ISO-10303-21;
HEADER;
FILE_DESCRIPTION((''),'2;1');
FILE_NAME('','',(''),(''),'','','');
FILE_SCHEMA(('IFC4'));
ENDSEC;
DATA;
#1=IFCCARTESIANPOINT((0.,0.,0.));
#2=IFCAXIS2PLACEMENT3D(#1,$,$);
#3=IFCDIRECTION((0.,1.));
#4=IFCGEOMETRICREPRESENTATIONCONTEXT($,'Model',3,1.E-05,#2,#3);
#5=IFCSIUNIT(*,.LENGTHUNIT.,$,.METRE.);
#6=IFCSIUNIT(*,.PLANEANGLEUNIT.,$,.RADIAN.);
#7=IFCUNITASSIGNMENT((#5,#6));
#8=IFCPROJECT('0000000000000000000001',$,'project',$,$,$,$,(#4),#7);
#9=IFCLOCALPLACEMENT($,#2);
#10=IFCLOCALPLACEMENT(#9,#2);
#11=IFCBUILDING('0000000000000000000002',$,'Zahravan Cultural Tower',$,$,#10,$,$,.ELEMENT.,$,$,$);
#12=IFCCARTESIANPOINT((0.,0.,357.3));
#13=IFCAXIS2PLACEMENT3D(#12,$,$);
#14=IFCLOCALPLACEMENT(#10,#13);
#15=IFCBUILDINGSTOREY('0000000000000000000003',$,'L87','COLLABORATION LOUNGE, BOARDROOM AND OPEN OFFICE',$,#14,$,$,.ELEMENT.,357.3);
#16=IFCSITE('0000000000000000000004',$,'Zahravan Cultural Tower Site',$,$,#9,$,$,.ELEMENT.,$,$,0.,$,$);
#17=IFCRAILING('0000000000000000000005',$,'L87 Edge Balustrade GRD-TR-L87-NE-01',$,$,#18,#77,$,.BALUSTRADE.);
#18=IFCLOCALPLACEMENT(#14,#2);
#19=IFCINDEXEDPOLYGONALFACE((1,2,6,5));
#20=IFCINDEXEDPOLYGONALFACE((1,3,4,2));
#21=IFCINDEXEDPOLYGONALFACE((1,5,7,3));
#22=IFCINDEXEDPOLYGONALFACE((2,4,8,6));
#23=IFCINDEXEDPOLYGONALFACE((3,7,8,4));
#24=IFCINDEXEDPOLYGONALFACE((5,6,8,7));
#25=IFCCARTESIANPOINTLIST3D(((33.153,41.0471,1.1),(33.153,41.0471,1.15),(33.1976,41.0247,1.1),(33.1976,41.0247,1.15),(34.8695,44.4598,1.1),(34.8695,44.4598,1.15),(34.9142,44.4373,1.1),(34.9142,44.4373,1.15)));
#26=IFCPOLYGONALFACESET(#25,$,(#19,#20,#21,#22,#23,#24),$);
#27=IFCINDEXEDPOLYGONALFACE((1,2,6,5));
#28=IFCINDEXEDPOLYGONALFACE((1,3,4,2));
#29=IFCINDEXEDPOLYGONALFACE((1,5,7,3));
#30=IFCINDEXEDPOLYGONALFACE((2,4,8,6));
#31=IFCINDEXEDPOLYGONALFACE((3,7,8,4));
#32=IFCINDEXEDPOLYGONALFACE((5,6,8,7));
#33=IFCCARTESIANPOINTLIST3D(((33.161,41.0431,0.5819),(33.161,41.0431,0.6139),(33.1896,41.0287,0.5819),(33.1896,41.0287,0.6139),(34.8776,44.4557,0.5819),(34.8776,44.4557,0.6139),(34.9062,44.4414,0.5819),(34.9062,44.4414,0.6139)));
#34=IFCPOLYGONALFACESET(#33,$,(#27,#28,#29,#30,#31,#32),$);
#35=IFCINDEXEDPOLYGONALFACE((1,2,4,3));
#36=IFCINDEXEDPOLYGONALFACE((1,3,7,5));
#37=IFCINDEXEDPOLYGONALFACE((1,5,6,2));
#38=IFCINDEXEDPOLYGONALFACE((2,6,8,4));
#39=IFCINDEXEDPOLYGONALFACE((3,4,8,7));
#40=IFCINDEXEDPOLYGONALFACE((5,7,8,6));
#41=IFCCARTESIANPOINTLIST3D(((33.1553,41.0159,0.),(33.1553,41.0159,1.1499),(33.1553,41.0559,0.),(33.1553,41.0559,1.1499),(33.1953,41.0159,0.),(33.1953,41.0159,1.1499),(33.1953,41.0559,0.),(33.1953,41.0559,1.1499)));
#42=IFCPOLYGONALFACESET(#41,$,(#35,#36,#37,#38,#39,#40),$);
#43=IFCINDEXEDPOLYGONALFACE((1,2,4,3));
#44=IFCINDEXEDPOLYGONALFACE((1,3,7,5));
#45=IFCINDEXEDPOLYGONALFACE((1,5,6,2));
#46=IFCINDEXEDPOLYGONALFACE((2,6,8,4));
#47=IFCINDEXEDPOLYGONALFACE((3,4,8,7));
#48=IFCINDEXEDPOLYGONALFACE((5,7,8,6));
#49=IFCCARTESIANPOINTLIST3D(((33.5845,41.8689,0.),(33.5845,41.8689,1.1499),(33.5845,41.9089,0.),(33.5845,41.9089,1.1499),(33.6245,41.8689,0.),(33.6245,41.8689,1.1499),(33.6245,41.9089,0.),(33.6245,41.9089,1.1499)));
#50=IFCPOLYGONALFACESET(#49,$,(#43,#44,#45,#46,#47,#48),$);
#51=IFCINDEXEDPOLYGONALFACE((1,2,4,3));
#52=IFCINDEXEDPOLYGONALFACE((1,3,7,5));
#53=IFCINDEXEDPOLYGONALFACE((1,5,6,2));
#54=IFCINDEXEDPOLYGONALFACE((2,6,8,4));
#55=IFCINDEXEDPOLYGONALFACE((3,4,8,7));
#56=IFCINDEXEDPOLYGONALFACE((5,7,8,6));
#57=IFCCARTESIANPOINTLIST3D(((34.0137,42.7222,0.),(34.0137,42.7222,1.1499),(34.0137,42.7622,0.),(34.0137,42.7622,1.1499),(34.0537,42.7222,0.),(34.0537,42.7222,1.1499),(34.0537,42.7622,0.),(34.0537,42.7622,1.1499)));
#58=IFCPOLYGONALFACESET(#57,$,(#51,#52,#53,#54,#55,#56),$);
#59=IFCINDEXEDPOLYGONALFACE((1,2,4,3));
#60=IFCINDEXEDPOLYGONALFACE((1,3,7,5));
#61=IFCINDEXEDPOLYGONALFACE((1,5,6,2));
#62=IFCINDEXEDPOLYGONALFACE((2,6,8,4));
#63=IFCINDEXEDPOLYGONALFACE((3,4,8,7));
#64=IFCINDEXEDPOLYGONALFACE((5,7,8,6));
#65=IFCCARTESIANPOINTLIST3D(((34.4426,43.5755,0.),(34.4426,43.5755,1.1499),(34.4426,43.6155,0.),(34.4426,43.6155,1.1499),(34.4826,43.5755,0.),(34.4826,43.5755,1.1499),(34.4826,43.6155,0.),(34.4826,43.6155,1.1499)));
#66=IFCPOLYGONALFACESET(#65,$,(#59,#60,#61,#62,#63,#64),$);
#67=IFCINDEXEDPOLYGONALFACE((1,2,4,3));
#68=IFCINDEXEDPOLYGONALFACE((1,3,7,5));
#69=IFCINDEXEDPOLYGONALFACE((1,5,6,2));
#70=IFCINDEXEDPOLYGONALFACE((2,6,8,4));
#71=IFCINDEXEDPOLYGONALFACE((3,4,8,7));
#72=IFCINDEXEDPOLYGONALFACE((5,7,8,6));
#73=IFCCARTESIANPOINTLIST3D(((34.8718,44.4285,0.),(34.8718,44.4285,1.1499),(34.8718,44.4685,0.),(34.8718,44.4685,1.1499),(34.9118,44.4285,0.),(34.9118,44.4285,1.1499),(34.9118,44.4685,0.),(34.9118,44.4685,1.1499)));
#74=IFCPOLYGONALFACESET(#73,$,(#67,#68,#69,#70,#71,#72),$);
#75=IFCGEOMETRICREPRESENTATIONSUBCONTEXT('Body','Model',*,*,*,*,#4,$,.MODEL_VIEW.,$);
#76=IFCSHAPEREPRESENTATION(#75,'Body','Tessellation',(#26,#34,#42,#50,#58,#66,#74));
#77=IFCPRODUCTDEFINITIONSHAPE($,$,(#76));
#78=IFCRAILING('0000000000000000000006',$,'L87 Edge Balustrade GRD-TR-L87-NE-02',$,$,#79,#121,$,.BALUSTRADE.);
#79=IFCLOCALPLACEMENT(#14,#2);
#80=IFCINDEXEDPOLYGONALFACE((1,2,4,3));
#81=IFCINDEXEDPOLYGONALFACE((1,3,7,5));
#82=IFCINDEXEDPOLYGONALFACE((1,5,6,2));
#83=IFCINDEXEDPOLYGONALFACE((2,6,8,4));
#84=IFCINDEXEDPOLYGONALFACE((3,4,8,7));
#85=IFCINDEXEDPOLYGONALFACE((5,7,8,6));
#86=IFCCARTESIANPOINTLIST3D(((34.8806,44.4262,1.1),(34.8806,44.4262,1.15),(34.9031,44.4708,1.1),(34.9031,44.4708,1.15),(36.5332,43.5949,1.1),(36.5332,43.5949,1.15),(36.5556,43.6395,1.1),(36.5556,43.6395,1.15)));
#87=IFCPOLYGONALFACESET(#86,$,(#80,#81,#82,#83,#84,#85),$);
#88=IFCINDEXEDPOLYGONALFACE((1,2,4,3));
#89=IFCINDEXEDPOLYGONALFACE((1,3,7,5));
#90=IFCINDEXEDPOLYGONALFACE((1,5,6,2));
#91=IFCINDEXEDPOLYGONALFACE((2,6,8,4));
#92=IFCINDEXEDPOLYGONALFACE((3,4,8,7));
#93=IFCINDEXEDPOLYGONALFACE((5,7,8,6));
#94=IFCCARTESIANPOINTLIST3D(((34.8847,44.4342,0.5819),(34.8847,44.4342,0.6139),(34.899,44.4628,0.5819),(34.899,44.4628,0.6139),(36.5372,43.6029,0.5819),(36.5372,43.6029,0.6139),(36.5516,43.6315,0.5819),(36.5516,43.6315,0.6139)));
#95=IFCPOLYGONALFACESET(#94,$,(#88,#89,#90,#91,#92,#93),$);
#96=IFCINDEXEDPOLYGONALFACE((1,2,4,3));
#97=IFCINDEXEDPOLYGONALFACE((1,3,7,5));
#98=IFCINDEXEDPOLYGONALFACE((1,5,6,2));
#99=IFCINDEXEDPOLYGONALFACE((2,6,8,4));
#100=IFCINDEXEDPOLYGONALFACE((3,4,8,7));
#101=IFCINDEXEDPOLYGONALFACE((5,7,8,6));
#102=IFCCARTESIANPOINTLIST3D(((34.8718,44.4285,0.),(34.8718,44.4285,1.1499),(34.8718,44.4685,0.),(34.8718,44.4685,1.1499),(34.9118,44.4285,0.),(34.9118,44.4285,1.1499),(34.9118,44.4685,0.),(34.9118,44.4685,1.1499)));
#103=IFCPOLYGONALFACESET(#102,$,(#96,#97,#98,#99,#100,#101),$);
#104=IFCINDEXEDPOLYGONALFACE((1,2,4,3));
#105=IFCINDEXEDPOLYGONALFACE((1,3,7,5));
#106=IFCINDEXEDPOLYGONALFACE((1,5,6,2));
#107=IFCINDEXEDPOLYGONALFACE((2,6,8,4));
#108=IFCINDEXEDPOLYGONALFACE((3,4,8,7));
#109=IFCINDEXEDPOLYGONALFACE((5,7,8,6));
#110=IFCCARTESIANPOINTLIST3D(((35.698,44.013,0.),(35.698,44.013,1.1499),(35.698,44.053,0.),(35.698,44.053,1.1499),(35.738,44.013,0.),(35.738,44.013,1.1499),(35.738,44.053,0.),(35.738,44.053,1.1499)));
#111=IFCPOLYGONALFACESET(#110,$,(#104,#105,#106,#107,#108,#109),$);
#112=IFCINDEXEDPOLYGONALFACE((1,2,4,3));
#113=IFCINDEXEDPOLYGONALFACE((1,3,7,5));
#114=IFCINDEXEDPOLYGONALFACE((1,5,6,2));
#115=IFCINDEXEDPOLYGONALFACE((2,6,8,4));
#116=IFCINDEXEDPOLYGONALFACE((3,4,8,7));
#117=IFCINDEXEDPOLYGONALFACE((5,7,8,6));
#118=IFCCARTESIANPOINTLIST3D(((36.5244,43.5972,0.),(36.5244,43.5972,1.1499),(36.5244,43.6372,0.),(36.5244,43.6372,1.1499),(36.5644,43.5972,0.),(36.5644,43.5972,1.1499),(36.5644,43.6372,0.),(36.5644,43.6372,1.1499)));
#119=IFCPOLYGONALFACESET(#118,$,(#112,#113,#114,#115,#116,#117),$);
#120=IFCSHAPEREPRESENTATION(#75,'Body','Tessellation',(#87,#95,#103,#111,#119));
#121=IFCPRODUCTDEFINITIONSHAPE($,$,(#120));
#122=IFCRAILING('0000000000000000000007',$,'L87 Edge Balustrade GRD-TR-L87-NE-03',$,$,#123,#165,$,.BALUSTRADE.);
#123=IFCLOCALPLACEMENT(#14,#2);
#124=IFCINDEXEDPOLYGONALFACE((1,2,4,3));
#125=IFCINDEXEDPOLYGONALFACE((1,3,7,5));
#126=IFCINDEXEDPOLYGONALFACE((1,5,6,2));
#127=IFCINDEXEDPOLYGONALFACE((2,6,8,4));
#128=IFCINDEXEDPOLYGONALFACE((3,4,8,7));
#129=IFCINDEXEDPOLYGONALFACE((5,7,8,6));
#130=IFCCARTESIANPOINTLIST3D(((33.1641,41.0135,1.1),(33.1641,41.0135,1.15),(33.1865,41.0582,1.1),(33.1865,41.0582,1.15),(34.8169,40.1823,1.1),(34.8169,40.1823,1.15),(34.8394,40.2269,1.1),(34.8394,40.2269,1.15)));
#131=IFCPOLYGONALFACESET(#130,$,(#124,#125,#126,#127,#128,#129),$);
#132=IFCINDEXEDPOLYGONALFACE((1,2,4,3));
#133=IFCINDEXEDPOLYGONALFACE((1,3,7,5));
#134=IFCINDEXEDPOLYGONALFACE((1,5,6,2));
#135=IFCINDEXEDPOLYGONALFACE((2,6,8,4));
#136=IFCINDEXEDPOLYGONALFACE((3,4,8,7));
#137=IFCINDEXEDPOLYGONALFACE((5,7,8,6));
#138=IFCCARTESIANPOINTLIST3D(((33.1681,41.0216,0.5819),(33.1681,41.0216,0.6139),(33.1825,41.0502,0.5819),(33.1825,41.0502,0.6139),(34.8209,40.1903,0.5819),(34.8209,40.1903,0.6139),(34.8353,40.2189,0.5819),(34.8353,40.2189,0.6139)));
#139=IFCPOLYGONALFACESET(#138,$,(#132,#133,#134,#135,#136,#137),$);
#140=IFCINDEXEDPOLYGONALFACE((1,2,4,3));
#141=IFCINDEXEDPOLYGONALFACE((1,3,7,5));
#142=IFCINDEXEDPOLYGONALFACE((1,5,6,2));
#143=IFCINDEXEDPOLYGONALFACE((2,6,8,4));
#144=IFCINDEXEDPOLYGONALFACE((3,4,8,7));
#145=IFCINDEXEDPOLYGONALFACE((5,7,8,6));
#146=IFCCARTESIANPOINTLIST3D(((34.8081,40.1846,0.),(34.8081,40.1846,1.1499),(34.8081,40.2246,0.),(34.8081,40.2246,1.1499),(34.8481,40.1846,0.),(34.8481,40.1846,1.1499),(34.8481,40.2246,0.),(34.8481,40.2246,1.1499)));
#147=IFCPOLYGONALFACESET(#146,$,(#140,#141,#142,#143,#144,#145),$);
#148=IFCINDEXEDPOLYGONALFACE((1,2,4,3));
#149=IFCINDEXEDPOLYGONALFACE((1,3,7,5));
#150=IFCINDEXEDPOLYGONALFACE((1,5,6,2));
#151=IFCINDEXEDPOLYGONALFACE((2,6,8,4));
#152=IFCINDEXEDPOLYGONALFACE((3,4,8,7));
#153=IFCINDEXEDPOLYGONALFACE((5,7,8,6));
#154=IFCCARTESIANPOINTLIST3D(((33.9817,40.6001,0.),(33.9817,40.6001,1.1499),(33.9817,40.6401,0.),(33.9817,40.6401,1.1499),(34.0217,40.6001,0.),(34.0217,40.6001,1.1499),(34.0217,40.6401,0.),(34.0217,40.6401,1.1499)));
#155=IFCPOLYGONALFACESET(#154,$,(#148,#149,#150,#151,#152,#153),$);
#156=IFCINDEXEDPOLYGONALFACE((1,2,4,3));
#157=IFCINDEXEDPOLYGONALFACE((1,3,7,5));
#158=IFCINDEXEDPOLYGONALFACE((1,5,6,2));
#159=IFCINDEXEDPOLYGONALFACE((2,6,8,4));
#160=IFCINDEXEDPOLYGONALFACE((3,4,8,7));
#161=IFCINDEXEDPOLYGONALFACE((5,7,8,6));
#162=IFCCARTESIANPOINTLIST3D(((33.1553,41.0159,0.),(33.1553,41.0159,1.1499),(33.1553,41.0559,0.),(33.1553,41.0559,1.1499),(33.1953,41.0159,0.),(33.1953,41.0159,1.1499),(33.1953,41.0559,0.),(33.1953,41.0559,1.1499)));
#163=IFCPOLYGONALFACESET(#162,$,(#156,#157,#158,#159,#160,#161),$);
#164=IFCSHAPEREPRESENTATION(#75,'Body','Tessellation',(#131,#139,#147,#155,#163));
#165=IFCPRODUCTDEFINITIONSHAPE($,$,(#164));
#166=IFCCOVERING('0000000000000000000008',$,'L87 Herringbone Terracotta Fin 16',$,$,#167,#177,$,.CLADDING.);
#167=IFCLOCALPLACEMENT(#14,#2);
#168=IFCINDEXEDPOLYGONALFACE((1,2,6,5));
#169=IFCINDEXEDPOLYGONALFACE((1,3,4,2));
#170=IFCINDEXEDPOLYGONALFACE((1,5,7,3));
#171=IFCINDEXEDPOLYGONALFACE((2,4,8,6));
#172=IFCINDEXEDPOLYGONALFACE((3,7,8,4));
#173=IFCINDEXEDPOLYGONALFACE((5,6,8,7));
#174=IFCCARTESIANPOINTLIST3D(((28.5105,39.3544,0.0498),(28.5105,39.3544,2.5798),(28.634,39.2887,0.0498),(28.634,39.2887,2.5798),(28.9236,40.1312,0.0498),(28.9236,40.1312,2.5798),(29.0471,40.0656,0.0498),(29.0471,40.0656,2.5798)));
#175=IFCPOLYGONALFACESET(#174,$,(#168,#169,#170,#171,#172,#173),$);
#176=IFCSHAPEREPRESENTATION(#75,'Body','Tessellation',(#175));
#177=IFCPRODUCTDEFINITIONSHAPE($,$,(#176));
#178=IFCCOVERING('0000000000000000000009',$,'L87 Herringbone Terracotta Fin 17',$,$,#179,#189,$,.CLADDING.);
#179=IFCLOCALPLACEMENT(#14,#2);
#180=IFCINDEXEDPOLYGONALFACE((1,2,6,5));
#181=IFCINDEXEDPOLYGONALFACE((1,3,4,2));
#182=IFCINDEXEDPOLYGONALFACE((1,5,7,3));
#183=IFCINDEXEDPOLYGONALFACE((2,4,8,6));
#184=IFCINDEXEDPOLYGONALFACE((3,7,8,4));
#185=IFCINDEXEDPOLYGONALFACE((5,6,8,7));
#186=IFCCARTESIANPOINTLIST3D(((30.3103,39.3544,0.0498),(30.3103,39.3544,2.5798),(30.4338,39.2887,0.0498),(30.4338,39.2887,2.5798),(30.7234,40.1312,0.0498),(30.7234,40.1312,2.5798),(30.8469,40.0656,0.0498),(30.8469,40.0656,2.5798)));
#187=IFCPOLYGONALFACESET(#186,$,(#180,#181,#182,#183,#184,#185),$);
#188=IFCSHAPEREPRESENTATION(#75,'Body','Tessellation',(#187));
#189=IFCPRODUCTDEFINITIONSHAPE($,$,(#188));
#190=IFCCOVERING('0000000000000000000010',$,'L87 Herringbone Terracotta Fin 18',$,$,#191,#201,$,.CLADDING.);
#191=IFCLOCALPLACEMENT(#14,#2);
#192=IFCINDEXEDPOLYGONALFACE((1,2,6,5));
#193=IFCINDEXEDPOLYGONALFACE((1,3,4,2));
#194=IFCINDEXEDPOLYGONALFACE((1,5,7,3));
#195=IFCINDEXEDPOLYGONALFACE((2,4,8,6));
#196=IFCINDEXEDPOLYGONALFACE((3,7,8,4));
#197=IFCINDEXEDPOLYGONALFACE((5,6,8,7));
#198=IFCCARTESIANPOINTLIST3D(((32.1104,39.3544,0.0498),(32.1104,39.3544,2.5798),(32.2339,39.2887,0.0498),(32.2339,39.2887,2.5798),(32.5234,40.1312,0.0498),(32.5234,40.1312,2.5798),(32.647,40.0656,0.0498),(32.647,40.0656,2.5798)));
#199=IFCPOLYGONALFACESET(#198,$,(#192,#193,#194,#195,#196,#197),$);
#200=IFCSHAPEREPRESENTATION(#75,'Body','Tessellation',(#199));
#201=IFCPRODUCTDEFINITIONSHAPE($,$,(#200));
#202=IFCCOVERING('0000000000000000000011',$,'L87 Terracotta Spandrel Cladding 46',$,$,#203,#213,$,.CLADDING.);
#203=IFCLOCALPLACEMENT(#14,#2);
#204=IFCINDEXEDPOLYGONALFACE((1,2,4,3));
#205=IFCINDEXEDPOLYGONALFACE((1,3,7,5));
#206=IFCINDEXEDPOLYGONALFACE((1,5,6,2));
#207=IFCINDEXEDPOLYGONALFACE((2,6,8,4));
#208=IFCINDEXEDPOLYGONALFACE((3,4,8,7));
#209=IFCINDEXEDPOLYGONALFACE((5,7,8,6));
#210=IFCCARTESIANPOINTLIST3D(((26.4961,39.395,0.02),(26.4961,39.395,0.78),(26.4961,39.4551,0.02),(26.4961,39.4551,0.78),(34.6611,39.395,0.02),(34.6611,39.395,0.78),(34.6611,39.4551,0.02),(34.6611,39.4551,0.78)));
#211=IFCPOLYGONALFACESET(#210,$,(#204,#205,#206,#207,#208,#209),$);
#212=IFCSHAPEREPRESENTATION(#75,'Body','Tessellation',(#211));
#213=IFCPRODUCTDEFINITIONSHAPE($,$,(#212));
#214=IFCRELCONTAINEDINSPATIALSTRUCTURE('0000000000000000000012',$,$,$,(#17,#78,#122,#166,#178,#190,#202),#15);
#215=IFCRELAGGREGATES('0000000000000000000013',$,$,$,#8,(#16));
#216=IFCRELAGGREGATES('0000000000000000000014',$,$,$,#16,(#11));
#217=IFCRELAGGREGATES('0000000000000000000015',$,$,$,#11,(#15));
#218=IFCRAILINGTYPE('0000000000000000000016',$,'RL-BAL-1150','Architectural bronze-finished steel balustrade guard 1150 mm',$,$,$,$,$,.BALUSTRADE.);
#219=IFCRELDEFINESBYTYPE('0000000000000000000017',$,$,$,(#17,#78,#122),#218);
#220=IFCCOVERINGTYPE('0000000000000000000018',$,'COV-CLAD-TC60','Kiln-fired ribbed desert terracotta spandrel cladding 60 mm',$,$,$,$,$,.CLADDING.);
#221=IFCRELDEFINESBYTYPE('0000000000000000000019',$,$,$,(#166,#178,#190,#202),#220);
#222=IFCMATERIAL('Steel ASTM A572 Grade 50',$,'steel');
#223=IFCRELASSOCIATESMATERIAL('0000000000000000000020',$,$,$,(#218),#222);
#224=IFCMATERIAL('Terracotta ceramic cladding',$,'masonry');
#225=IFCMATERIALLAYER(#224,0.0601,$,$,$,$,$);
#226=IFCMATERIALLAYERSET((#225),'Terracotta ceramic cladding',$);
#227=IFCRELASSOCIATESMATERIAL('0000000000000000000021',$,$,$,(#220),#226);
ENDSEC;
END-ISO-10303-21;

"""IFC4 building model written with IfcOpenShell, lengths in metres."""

from ifc_helpers import new_model, si_unit, direction, frame, origin, origin_2d, place, context, subcontext, project, spatial, rectangle, extrude, source, transform, mapped, material, layer, layer_set, type_object, element, save


model = new_model("IFC4")

# Units and contexts
model_context = context("Model", 3, precision=1e-05, world=origin(), true_north=direction((0.0, 1.0)))
body_context = subcontext(model_context, "Body", "Model", "MODEL_VIEW")
ifc_project = project(units=[si_unit("LENGTHUNIT", "METRE"), si_unit("PLANEANGLEUNIT", "RADIAN")], contexts=[model_context])

# Site, building, storey
site_placement = place(None, origin())
site = spatial("IfcSite", under=ifc_project, at=site_placement, Name="Zahravan Cultural Tower Site", CompositionType="ELEMENT", RefElevation=0.0)
building_placement = place(site_placement, origin())
building = spatial("IfcBuilding", under=site, at=building_placement, Name="Zahravan Cultural Tower", CompositionType="ELEMENT")
storey_placement = place(building_placement, frame((0.0, 0.0, 357.3)))
storey = spatial("IfcBuildingStorey", under=building, at=storey_placement, Name="L87", Description="COLLABORATION LOUNGE, BOARDROOM AND OPEN OFFICE", CompositionType="ELEMENT", Elevation=357.3)

# Railings
ifc_material_1 = material(Name="Steel ASTM A572 Grade 50", Category="steel")
railing_type = type_object("IfcRailingType", Name="RL-BAL-1150", Description="Architectural bronze-finished steel balustrade guard 1150 mm", PredefinedType="BALUSTRADE", material=ifc_material_1)
railing_1_placement = place(storey_placement, frame((33.1753, 41.0359, 0.0)))
element("IfcRailing", 1, at=railing_1_placement, inside=storey, type_object=railing_type, Name="L87 Edge Balustrade GRD-TR-L87-NE-01", PredefinedType="BALUSTRADE", context=body_context, shape_type="SweptSolid", body=[
    extrude(rectangle(XDim=0.05, YDim=0.05, at=origin_2d()), frame((0.0, 0.0, 1.125), z_axis=(0.44936, 0.893351, 0.0), x_axis=(-0.893351, 0.44936, 0.0)), (0.0, 0.0, 1.0), 3.8201),
    extrude(rectangle(XDim=0.032, YDim=0.032, at=origin_2d()), frame((0.0, 0.0, 0.5979), z_axis=(0.44936, 0.893351, 0.0), x_axis=(-0.893351, 0.44936, 0.0)), (0.0, 0.0, 1.0), 3.8201),
    extrude(rectangle(XDim=0.04, YDim=0.04, at=origin_2d()), origin(), (0.0, 0.0, 1.0), 1.1499),
    extrude(rectangle(XDim=0.04, YDim=0.04, at=origin_2d()), frame((0.4292, 0.853, 0.0)), (0.0, 0.0, 1.0), 1.1499),
    extrude(rectangle(XDim=0.04, YDim=0.04, at=origin_2d()), frame((0.8584, 1.7063, 0.0)), (0.0, 0.0, 1.0), 1.1499),
    extrude(rectangle(XDim=0.04, YDim=0.04, at=origin_2d()), frame((1.2874, 2.5596, 0.0)), (0.0, 0.0, 1.0), 1.1499),
    extrude(rectangle(XDim=0.04, YDim=0.04, at=origin_2d()), frame((1.7166, 3.4126, 0.0)), (0.0, 0.0, 1.0), 1.1499),
])
railing_2_placement = place(storey_placement, frame((34.8918, 44.4485, 0.0)))
element("IfcRailing", 2, at=railing_2_placement, inside=storey, type_object=railing_type, Name="L87 Edge Balustrade GRD-TR-L87-NE-02", PredefinedType="BALUSTRADE", context=body_context, shape_type="SweptSolid", body=[
    extrude(rectangle(XDim=0.05, YDim=0.05, at=origin_2d()), frame((0.0, 0.0, 1.125), z_axis=(0.893342, -0.449377, 0.0), x_axis=(0.449377, 0.893342, 0.0)), (0.0, 0.0, 1.0), 1.8499),
    extrude(rectangle(XDim=0.032, YDim=0.032, at=origin_2d()), frame((0.0, 0.0, 0.5979), z_axis=(0.893342, -0.449377, 0.0), x_axis=(0.449377, 0.893342, 0.0)), (0.0, 0.0, 1.0), 1.8499),
    extrude(rectangle(XDim=0.04, YDim=0.04, at=origin_2d()), origin(), (0.0, 0.0, 1.0), 1.1499),
    extrude(rectangle(XDim=0.04, YDim=0.04, at=origin_2d()), frame((0.8262, -0.4155, 0.0)), (0.0, 0.0, 1.0), 1.1499),
    extrude(rectangle(XDim=0.04, YDim=0.04, at=origin_2d()), frame((1.6526, -0.8313, 0.0)), (0.0, 0.0, 1.0), 1.1499),
])
railing_3_placement = place(storey_placement, frame((34.8281, 40.2046, 0.0)))
element("IfcRailing", 3, at=railing_3_placement, inside=storey, type_object=railing_type, Name="L87 Edge Balustrade GRD-TR-L87-NE-03", PredefinedType="BALUSTRADE", context=body_context, shape_type="SweptSolid", body=[
    extrude(rectangle(XDim=0.05, YDim=0.05, at=origin_2d()), frame((0.0, 0.0, 1.125), z_axis=(-0.893369, 0.449324, 0.0), x_axis=(-0.449324, -0.893369, 0.0)), (0.0, 0.0, 1.0), 1.8501),
    extrude(rectangle(XDim=0.032, YDim=0.032, at=origin_2d()), frame((0.0, 0.0, 0.5979), z_axis=(-0.893369, 0.449324, 0.0), x_axis=(-0.449324, -0.893369, 0.0)), (0.0, 0.0, 1.0), 1.8501),
    extrude(rectangle(XDim=0.04, YDim=0.04, at=origin_2d()), origin(), (0.0, 0.0, 1.0), 1.1499),
    extrude(rectangle(XDim=0.04, YDim=0.04, at=origin_2d()), frame((-0.8264, 0.4155, 0.0)), (0.0, 0.0, 1.0), 1.1499),
    extrude(rectangle(XDim=0.04, YDim=0.04, at=origin_2d()), frame((-1.6528, 0.8313, 0.0)), (0.0, 0.0, 1.0), 1.1499),
])

# Coverings
ifc_material_2 = material(Name="Terracotta ceramic cladding", Category="masonry")
ifc_layer_1 = layer(ifc_material_2, 0.0601)
ifc_layer_set_1 = layer_set([ifc_layer_1], Name="Terracotta ceramic cladding")
covering_type = type_object("IfcCoveringType", Name="COV-CLAD-TC60", Description="Kiln-fired ribbed desert terracotta spandrel cladding 60 mm", PredefinedType="CLADDING", material=ifc_layer_set_1)
shared_shape_1 = source(origin(), body_context, "Body", "SweptSolid", [
    extrude(rectangle(XDim=0.8799, YDim=0.1399, at=origin_2d()), origin(), (0.0, 0.0, 1.0), 2.53),
])
for number, where, z_axis, x_axis, name in (
    (4, (28.7788, 39.71, 0.0498), (0.0, 0.0, 1.0), (0.469472, 0.882948, 0.0), "L87 Herringbone Terracotta Fin 16"),
    (5, (30.5786, 39.71, 0.0498), (0.0, 0.0, 1.0), (0.469472, 0.882948, 0.0), "L87 Herringbone Terracotta Fin 17"),
    (6, (32.3787, 39.71, 0.0498), (0.0, 0.0, 1.0), (0.469472, 0.882948, 0.0), "L87 Herringbone Terracotta Fin 18"),
):
    element("IfcCovering", number, at=place(storey_placement, frame(where, z_axis=z_axis, x_axis=x_axis)), inside=storey, type_object=covering_type, Name=name, PredefinedType="CLADDING", context=body_context, shape_type="MappedRepresentation", body=[
        mapped(shared_shape_1, transform((0.0, 0.0, 0.0), x_axis=(1.0, 0.0, 0.0), y_axis=(0.0, 1.0, 0.0), z_axis=(0.0, 0.0, 1.0), scale=1.0)),
    ])
shared_shape_2 = source(origin(), body_context, "Body", "SweptSolid", [
    extrude(rectangle(XDim=8.165, YDim=0.0601, at=origin_2d()), origin(), (0.0, 0.0, 1.0), 0.76),
])
covering_placement = place(storey_placement, frame((30.5786, 39.425, 0.02), z_axis=(0.0, 0.0, 1.0), x_axis=(1.0, 0.0, 0.0)))
element("IfcCovering", 7, at=covering_placement, inside=storey, type_object=covering_type, Name="L87 Terracotta Spandrel Cladding 46", PredefinedType="CLADDING", context=body_context, shape_type="MappedRepresentation", body=[
    mapped(shared_shape_2, transform((0.0, 0.0, 0.0), x_axis=(1.0, 0.0, 0.0), y_axis=(0.0, 1.0, 0.0), z_axis=(0.0, 0.0, 1.0), scale=1.0)),
])

save(model, "model.ifc")
